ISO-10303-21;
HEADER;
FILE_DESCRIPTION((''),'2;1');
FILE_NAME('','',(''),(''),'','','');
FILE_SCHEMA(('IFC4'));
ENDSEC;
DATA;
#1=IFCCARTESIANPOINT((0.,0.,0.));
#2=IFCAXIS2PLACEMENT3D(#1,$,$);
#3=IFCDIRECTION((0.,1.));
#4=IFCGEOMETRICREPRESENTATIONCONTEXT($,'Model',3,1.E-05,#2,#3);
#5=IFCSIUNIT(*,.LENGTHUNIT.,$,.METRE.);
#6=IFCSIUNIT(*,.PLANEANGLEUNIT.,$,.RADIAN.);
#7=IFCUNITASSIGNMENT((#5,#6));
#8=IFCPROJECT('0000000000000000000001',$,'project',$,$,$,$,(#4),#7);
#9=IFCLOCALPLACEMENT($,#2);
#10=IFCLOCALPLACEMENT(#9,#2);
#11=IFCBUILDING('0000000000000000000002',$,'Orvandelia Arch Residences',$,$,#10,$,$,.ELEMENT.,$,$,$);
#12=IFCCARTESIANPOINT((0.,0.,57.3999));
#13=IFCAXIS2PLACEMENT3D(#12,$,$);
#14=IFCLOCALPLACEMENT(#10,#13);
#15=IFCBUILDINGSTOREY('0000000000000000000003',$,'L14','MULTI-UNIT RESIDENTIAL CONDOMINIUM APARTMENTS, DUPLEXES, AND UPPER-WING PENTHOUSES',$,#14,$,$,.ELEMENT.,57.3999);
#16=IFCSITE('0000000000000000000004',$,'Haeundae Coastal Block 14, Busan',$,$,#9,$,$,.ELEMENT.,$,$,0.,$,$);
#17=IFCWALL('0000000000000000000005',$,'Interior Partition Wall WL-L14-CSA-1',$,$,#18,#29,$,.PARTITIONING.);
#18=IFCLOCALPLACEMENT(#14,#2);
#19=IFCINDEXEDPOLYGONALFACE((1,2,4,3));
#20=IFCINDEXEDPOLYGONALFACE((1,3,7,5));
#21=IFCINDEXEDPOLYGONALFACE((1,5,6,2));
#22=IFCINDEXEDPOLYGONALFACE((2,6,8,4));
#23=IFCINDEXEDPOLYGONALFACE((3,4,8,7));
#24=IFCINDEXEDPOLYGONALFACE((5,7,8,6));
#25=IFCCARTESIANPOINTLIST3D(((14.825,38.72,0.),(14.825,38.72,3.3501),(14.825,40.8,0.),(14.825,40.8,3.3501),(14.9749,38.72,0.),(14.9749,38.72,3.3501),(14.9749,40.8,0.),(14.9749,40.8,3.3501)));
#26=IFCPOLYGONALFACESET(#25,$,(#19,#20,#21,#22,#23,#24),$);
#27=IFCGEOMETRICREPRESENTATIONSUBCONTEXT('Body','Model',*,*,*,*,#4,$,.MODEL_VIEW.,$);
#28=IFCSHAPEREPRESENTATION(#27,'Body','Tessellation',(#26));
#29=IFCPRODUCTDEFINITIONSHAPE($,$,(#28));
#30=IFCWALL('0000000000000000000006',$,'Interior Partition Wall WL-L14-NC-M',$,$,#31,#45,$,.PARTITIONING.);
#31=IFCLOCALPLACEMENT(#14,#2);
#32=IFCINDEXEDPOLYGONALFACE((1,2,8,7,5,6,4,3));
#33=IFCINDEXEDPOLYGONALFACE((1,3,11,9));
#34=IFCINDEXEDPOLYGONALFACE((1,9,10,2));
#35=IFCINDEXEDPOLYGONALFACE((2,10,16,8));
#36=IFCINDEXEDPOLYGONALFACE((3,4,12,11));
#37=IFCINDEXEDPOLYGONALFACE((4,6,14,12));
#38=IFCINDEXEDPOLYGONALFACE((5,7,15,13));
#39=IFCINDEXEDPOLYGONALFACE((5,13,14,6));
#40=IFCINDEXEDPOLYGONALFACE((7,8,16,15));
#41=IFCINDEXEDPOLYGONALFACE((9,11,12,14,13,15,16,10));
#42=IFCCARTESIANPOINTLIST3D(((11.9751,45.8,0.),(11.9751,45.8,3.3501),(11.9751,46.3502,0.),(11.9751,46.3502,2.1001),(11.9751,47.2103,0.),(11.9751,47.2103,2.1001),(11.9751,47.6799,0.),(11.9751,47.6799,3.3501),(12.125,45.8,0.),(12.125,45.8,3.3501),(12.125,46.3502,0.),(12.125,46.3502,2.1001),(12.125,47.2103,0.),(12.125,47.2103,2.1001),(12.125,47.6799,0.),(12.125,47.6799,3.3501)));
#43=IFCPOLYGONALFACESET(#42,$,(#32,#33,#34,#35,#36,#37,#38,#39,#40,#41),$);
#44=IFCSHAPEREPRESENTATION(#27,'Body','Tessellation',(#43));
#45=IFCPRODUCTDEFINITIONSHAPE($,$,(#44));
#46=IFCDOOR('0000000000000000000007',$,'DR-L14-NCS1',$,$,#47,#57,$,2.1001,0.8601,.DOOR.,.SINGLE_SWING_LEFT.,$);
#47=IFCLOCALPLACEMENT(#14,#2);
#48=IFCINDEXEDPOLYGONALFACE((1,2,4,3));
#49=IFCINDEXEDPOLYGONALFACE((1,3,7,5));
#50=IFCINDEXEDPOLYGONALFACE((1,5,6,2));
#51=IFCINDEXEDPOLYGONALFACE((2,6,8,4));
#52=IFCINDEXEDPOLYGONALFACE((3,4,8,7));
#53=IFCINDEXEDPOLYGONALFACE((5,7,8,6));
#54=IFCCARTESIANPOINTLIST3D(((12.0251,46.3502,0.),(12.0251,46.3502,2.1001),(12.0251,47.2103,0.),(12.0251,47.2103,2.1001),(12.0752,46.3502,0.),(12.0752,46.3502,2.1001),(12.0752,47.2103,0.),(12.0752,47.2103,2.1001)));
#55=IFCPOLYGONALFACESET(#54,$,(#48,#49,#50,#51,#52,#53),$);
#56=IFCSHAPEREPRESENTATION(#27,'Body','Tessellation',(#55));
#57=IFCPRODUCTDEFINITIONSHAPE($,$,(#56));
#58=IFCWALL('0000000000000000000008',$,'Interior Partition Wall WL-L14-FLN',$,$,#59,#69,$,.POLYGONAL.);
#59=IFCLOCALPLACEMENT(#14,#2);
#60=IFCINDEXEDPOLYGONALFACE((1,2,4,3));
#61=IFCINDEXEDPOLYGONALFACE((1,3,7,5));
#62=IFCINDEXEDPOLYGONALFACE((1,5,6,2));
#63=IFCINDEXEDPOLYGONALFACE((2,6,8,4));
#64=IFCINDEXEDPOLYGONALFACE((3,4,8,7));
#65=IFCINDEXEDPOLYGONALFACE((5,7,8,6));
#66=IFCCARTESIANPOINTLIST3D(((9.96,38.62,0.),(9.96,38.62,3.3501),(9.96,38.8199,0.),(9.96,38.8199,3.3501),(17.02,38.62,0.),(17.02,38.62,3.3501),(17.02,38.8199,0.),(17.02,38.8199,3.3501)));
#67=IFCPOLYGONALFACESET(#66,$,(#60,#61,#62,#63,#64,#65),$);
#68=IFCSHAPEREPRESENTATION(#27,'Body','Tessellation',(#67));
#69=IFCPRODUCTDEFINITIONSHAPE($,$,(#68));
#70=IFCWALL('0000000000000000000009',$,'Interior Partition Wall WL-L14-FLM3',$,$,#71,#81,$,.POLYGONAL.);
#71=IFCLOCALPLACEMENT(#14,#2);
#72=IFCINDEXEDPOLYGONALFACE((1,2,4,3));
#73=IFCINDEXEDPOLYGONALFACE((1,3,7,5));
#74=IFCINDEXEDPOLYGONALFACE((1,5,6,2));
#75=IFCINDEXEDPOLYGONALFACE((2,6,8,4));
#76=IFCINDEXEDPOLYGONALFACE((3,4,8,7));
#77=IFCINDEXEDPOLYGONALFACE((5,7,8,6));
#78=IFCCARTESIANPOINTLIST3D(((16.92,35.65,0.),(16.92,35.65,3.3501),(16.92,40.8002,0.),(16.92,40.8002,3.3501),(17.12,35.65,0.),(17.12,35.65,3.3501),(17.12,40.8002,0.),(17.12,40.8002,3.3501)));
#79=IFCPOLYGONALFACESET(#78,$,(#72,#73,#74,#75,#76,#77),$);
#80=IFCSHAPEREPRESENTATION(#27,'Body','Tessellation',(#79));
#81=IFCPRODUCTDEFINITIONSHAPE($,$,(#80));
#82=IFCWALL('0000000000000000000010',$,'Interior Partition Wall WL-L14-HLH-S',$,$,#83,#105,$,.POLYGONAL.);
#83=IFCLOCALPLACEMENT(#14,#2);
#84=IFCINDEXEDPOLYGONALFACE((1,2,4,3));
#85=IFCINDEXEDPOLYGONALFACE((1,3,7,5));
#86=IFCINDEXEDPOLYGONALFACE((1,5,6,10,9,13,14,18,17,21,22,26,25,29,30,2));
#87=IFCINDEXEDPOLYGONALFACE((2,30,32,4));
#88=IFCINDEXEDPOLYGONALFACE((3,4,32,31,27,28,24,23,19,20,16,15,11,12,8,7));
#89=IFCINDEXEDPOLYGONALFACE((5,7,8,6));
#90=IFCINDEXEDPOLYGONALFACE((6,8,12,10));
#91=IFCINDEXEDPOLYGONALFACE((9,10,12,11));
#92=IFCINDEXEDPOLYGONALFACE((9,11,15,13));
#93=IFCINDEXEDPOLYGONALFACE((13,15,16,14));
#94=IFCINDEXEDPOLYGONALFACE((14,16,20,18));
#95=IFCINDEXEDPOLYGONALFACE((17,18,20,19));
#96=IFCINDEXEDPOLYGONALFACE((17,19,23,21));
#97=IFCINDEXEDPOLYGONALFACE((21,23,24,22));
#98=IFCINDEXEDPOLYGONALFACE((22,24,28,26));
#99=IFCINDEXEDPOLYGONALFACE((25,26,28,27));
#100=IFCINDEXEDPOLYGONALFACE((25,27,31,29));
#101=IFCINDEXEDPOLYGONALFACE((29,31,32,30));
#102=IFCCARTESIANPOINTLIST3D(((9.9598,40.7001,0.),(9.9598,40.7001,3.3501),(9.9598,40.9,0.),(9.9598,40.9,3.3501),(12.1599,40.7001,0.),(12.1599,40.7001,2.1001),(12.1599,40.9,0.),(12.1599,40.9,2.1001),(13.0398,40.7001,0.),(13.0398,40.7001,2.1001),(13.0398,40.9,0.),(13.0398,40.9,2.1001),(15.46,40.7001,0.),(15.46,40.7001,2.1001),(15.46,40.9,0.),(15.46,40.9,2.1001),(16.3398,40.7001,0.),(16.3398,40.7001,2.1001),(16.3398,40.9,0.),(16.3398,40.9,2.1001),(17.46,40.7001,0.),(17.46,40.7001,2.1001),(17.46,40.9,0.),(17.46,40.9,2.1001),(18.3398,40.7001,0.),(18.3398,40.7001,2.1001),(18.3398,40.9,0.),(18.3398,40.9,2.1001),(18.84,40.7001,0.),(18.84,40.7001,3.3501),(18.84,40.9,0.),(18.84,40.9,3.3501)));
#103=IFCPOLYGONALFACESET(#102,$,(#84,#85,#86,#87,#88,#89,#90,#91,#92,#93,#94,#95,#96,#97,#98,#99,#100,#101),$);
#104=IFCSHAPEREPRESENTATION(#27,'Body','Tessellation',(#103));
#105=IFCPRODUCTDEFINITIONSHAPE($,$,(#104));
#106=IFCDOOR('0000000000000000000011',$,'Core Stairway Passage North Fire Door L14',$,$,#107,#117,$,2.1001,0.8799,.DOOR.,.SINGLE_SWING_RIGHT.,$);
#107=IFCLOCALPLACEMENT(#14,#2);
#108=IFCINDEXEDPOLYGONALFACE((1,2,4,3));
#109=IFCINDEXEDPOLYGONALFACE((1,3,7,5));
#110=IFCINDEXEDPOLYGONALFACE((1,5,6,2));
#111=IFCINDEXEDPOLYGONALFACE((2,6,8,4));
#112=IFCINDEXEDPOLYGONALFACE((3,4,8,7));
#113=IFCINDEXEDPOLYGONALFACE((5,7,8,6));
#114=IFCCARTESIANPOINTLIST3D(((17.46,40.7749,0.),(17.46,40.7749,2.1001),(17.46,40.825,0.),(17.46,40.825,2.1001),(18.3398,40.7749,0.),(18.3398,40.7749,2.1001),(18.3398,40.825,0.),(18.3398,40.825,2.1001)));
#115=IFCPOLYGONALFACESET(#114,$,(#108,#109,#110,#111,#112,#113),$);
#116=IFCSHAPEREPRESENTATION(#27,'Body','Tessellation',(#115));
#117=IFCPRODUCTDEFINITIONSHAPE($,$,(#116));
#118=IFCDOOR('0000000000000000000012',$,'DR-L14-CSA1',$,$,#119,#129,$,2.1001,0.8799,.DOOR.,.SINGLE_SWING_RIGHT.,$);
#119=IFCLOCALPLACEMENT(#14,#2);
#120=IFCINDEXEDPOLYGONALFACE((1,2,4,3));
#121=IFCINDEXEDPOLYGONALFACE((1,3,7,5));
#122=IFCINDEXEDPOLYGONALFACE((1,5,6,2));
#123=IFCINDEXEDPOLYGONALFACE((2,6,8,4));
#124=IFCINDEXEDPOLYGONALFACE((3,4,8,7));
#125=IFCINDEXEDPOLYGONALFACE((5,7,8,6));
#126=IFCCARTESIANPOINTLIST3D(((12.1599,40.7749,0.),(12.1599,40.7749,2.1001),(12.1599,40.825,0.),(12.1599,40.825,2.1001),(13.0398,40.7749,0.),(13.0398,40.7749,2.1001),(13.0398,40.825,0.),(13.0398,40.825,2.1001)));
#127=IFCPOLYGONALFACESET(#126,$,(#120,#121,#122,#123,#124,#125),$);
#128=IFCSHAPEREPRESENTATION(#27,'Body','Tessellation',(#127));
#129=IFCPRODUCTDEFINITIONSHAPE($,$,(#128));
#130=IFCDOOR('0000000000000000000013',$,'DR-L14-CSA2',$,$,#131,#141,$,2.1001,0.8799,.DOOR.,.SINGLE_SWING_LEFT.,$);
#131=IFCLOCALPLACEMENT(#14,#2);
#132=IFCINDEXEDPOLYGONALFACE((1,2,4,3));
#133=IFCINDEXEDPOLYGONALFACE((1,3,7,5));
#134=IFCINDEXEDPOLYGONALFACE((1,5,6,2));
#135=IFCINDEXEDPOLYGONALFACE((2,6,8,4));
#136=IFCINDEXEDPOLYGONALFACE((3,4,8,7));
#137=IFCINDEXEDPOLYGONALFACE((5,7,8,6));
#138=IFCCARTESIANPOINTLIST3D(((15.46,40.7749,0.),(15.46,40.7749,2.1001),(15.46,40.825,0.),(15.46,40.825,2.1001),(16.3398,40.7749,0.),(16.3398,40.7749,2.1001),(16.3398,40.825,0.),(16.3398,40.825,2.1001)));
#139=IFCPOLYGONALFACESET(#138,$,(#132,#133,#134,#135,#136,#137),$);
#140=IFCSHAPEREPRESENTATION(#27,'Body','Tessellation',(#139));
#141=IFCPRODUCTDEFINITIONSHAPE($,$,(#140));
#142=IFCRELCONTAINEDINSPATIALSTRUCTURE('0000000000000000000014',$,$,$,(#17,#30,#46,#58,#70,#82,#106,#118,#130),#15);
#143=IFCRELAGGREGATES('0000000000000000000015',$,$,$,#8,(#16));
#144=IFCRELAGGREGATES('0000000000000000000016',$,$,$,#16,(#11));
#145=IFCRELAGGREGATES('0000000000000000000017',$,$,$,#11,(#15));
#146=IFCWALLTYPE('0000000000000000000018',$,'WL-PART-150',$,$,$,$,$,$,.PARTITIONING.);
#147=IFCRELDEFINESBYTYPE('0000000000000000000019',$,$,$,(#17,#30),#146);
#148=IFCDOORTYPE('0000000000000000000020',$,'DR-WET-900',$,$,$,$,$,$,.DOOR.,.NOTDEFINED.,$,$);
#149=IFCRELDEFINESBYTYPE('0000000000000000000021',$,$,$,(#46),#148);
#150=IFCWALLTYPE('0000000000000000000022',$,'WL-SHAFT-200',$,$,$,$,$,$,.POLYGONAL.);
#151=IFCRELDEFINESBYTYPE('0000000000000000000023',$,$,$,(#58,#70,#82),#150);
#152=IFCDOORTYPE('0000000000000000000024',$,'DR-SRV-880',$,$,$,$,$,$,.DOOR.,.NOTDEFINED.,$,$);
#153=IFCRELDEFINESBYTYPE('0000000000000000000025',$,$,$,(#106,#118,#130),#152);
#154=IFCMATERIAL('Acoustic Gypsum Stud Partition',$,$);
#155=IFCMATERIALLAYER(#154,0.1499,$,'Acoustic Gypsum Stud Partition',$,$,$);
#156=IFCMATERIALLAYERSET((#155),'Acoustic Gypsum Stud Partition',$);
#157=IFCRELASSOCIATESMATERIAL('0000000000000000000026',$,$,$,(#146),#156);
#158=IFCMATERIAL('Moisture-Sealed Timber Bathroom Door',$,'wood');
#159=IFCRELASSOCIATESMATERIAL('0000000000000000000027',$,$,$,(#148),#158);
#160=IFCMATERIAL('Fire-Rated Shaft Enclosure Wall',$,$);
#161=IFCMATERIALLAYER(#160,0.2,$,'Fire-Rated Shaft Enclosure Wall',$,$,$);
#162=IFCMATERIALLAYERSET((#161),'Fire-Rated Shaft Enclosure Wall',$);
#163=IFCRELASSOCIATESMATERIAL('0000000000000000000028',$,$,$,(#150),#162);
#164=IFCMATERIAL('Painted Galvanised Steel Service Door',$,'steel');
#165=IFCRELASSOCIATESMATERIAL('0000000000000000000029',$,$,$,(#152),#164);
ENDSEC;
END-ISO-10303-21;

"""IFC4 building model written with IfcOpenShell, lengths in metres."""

from ifc_helpers import new_model, si_unit, direction, frame, frame_2d, origin, place, context, subcontext, project, spatial, rectangle, extrude, material, layer, layer_set, type_object, element, fill, save


model = new_model("IFC4")

# Units and contexts
model_context = context("Model", 3, precision=1e-05, world=origin(), true_north=direction((0.0, 1.0)))
body_context = subcontext(model_context, "Body", "Model", "MODEL_VIEW")
ifc_project = project(units=[si_unit("LENGTHUNIT", "METRE"), si_unit("PLANEANGLEUNIT", "RADIAN")], contexts=[model_context])

# Site, building, storey
site_placement = place(None, origin())
site = spatial("IfcSite", under=ifc_project, at=site_placement, Name="Haeundae Coastal Block 14, Busan", CompositionType="ELEMENT", RefElevation=0.0)
building_placement = place(site_placement, origin())
building = spatial("IfcBuilding", under=site, at=building_placement, Name="Orvandelia Arch Residences", CompositionType="ELEMENT")
storey_placement = place(building_placement, frame((0.0, 0.0, 57.3999)))
storey = spatial("IfcBuildingStorey", under=building, at=storey_placement, Name="L14", Description="MULTI-UNIT RESIDENTIAL CONDOMINIUM APARTMENTS, DUPLEXES, AND UPPER-WING PENTHOUSES", CompositionType="ELEMENT", Elevation=57.3999)

# Wall
ifc_material_1 = material(Name="Acoustic Gypsum Stud Partition")
ifc_layer_1 = layer(ifc_material_1, 0.1499, Name="Acoustic Gypsum Stud Partition")
ifc_layer_set_1 = layer_set([ifc_layer_1], Name="Acoustic Gypsum Stud Partition")
wall_type_1 = type_object("IfcWallType", Name="WL-PART-150", PredefinedType="PARTITIONING", material=ifc_layer_set_1)
wall_1_placement = place(storey_placement, frame((14.8999, 38.72, 0.0), z_axis=(0.0, 0.0, 1.0), x_axis=(0.0, 1.0, 0.0)))
element("IfcWall", 1, at=wall_1_placement, inside=storey, type_object=wall_type_1, Name="Interior Partition Wall WL-L14-CSA-1", PredefinedType="PARTITIONING", context=body_context, shape_type="SweptSolid", body=[
    extrude(rectangle(XDim=2.0801, YDim=0.1499, at=frame_2d((1.04, 0.0))), origin(), (0.0, 0.0, 1.0), 3.3501),
])

# Wall, opening, door
wall_2_placement = place(storey_placement, frame((12.05, 45.8, 0.0), z_axis=(0.0, 0.0, 1.0), x_axis=(0.0, 1.0, 0.0)))
wall_2 = element("IfcWall", 2, at=wall_2_placement, inside=storey, type_object=wall_type_1, Name="Interior Partition Wall WL-L14-NC-M", PredefinedType="PARTITIONING", context=body_context, shape_type="SweptSolid", body=[
    extrude(rectangle(XDim=1.8799, YDim=0.1499, at=frame_2d((0.9399, 0.0))), origin(), (0.0, 0.0, 1.0), 3.3501),
])
opening_1_placement = place(wall_2_placement, frame((0.55, 0.0, 0.0)))
opening_1 = element("IfcOpeningElement", 3, at=opening_1_placement, cuts=wall_2, PredefinedType="OPENING", context=body_context, shape_type="SweptSolid", body=[
    extrude(rectangle(XDim=0.8601, YDim=2.1001, at=frame_2d((0.4302, 1.05))), frame((0.0, 0.085, 0.0), z_axis=(0.0, -1.0, 0.0), x_axis=(1.0, 0.0, 0.0)), (0.0, 0.0, 1.0), 0.1699),
])
ifc_material_2 = material(Name="Moisture-Sealed Timber Bathroom Door", Category="wood")
door_type_1 = type_object("IfcDoorType", Name="DR-WET-900", OperationType="NOTDEFINED", PredefinedType="DOOR", material=ifc_material_2)
door_1_placement = place(opening_1_placement, origin())
door_1 = element("IfcDoor", 4, at=door_1_placement, inside=storey, type_object=door_type_1, Name="DR-L14-NCS1", OperationType="SINGLE_SWING_LEFT", OverallHeight=2.1001, OverallWidth=0.8601, PredefinedType="DOOR", context=body_context, shape_type="SweptSolid", body=[
    extrude(rectangle(XDim=0.8601, YDim=2.1001, at=frame_2d((0.4302, 1.05))), frame((0.0, 0.0249, 0.0), z_axis=(0.0, -1.0, 0.0), x_axis=(1.0, 0.0, 0.0)), (0.0, 0.0, 1.0), 0.05),
])
fill(opening_1, door_1)

# Walls
ifc_material_3 = material(Name="Fire-Rated Shaft Enclosure Wall")
ifc_layer_2 = layer(ifc_material_3, 0.2, Name="Fire-Rated Shaft Enclosure Wall")
ifc_layer_set_2 = layer_set([ifc_layer_2], Name="Fire-Rated Shaft Enclosure Wall")
wall_type_2 = type_object("IfcWallType", Name="WL-SHAFT-200", PredefinedType="POLYGONAL", material=ifc_layer_set_2)
wall_3_placement = place(storey_placement, frame((9.96, 38.72, 0.0), z_axis=(0.0, 0.0, 1.0), x_axis=(1.0, 0.0, 0.0)))
element("IfcWall", 5, at=wall_3_placement, inside=storey, type_object=wall_type_2, Name="Interior Partition Wall WL-L14-FLN", PredefinedType="POLYGONAL", context=body_context, shape_type="SweptSolid", body=[
    extrude(rectangle(XDim=7.0601, YDim=0.2, at=frame_2d((3.53, 0.0))), origin(), (0.0, 0.0, 1.0), 3.3501),
])
wall_4_placement = place(storey_placement, frame((17.02, 35.6499, 0.0), z_axis=(0.0, 0.0, 1.0), x_axis=(0.0, 1.0, 0.0)))
element("IfcWall", 6, at=wall_4_placement, inside=storey, type_object=wall_type_2, Name="Interior Partition Wall WL-L14-FLM3", PredefinedType="POLYGONAL", context=body_context, shape_type="SweptSolid", body=[
    extrude(rectangle(XDim=5.1501, YDim=0.2, at=frame_2d((2.5752, 0.0))), origin(), (0.0, 0.0, 1.0), 3.3501),
])

# Wall, openings, doors
wall_5_placement = place(storey_placement, frame((9.96, 40.8, 0.0), z_axis=(0.0, 0.0, 1.0), x_axis=(1.0, 0.0, 0.0)))
wall_5 = element("IfcWall", 7, at=wall_5_placement, inside=storey, type_object=wall_type_2, Name="Interior Partition Wall WL-L14-HLH-S", PredefinedType="POLYGONAL", context=body_context, shape_type="SweptSolid", body=[
    extrude(rectangle(XDim=8.8801, YDim=0.2, at=frame_2d((4.4399, 0.0))), origin(), (0.0, 0.0, 1.0), 3.3501),
])
opening_2_placement = place(wall_5_placement, frame((7.5, 0.0, 0.0)))
opening_2 = element("IfcOpeningElement", 8, at=opening_2_placement, cuts=wall_5, PredefinedType="OPENING", context=body_context, shape_type="SweptSolid", body=[
    extrude(rectangle(XDim=0.8799, YDim=2.1001, at=frame_2d((0.4399, 1.05))), frame((0.0, 0.1099, 0.0), z_axis=(0.0, -1.0, 0.0), x_axis=(1.0, 0.0, 0.0)), (0.0, 0.0, 1.0), 0.22),
])
opening_3_placement = place(wall_5_placement, frame((2.2, 0.0, 0.0)))
opening_3 = element("IfcOpeningElement", 9, at=opening_3_placement, cuts=wall_5, PredefinedType="OPENING", context=body_context, shape_type="SweptSolid", body=[
    extrude(rectangle(XDim=0.8799, YDim=2.1001, at=frame_2d((0.4399, 1.05))), frame((0.0, 0.1099, 0.0), z_axis=(0.0, -1.0, 0.0), x_axis=(1.0, 0.0, 0.0)), (0.0, 0.0, 1.0), 0.22),
])
opening_4_placement = place(wall_5_placement, frame((5.5, 0.0, 0.0)))
opening_4 = element("IfcOpeningElement", 10, at=opening_4_placement, cuts=wall_5, PredefinedType="OPENING", context=body_context, shape_type="SweptSolid", body=[
    extrude(rectangle(XDim=0.8799, YDim=2.1001, at=frame_2d((0.4399, 1.05))), frame((0.0, 0.1099, 0.0), z_axis=(0.0, -1.0, 0.0), x_axis=(1.0, 0.0, 0.0)), (0.0, 0.0, 1.0), 0.22),
])
ifc_material_4 = material(Name="Painted Galvanised Steel Service Door", Category="steel")
door_type_2 = type_object("IfcDoorType", Name="DR-SRV-880", OperationType="NOTDEFINED", PredefinedType="DOOR", material=ifc_material_4)
door_2_placement = place(opening_2_placement, origin())
door_2 = element("IfcDoor", 11, at=door_2_placement, inside=storey, type_object=door_type_2, Name="Core Stairway Passage North Fire Door L14", OperationType="SINGLE_SWING_RIGHT", OverallHeight=2.1001, OverallWidth=0.8799, PredefinedType="DOOR", context=body_context, shape_type="SweptSolid", body=[
    extrude(rectangle(XDim=0.8799, YDim=2.1001, at=frame_2d((0.4399, 1.05))), frame((0.0, 0.0249, 0.0), z_axis=(0.0, -1.0, 0.0), x_axis=(1.0, 0.0, 0.0)), (0.0, 0.0, 1.0), 0.05),
])
fill(opening_2, door_2)
door_3_placement = place(opening_3_placement, origin())
door_3 = element("IfcDoor", 12, at=door_3_placement, inside=storey, type_object=door_type_2, Name="DR-L14-CSA1", OperationType="SINGLE_SWING_RIGHT", OverallHeight=2.1001, OverallWidth=0.8799, PredefinedType="DOOR", context=body_context, shape_type="SweptSolid", body=[
    extrude(rectangle(XDim=0.8799, YDim=2.1001, at=frame_2d((0.4399, 1.05))), frame((0.0, 0.0249, 0.0), z_axis=(0.0, -1.0, 0.0), x_axis=(1.0, 0.0, 0.0)), (0.0, 0.0, 1.0), 0.05),
])
fill(opening_3, door_3)
door_4_placement = place(opening_4_placement, origin())
door_4 = element("IfcDoor", 13, at=door_4_placement, inside=storey, type_object=door_type_2, Name="DR-L14-CSA2", OperationType="SINGLE_SWING_LEFT", OverallHeight=2.1001, OverallWidth=0.8799, PredefinedType="DOOR", context=body_context, shape_type="SweptSolid", body=[
    extrude(rectangle(XDim=0.8799, YDim=2.1001, at=frame_2d((0.4399, 1.05))), frame((0.0, 0.0249, 0.0), z_axis=(0.0, -1.0, 0.0), x_axis=(1.0, 0.0, 0.0)), (0.0, 0.0, 1.0), 0.05),
])
fill(opening_4, door_4)

save(model, "model.ifc")
